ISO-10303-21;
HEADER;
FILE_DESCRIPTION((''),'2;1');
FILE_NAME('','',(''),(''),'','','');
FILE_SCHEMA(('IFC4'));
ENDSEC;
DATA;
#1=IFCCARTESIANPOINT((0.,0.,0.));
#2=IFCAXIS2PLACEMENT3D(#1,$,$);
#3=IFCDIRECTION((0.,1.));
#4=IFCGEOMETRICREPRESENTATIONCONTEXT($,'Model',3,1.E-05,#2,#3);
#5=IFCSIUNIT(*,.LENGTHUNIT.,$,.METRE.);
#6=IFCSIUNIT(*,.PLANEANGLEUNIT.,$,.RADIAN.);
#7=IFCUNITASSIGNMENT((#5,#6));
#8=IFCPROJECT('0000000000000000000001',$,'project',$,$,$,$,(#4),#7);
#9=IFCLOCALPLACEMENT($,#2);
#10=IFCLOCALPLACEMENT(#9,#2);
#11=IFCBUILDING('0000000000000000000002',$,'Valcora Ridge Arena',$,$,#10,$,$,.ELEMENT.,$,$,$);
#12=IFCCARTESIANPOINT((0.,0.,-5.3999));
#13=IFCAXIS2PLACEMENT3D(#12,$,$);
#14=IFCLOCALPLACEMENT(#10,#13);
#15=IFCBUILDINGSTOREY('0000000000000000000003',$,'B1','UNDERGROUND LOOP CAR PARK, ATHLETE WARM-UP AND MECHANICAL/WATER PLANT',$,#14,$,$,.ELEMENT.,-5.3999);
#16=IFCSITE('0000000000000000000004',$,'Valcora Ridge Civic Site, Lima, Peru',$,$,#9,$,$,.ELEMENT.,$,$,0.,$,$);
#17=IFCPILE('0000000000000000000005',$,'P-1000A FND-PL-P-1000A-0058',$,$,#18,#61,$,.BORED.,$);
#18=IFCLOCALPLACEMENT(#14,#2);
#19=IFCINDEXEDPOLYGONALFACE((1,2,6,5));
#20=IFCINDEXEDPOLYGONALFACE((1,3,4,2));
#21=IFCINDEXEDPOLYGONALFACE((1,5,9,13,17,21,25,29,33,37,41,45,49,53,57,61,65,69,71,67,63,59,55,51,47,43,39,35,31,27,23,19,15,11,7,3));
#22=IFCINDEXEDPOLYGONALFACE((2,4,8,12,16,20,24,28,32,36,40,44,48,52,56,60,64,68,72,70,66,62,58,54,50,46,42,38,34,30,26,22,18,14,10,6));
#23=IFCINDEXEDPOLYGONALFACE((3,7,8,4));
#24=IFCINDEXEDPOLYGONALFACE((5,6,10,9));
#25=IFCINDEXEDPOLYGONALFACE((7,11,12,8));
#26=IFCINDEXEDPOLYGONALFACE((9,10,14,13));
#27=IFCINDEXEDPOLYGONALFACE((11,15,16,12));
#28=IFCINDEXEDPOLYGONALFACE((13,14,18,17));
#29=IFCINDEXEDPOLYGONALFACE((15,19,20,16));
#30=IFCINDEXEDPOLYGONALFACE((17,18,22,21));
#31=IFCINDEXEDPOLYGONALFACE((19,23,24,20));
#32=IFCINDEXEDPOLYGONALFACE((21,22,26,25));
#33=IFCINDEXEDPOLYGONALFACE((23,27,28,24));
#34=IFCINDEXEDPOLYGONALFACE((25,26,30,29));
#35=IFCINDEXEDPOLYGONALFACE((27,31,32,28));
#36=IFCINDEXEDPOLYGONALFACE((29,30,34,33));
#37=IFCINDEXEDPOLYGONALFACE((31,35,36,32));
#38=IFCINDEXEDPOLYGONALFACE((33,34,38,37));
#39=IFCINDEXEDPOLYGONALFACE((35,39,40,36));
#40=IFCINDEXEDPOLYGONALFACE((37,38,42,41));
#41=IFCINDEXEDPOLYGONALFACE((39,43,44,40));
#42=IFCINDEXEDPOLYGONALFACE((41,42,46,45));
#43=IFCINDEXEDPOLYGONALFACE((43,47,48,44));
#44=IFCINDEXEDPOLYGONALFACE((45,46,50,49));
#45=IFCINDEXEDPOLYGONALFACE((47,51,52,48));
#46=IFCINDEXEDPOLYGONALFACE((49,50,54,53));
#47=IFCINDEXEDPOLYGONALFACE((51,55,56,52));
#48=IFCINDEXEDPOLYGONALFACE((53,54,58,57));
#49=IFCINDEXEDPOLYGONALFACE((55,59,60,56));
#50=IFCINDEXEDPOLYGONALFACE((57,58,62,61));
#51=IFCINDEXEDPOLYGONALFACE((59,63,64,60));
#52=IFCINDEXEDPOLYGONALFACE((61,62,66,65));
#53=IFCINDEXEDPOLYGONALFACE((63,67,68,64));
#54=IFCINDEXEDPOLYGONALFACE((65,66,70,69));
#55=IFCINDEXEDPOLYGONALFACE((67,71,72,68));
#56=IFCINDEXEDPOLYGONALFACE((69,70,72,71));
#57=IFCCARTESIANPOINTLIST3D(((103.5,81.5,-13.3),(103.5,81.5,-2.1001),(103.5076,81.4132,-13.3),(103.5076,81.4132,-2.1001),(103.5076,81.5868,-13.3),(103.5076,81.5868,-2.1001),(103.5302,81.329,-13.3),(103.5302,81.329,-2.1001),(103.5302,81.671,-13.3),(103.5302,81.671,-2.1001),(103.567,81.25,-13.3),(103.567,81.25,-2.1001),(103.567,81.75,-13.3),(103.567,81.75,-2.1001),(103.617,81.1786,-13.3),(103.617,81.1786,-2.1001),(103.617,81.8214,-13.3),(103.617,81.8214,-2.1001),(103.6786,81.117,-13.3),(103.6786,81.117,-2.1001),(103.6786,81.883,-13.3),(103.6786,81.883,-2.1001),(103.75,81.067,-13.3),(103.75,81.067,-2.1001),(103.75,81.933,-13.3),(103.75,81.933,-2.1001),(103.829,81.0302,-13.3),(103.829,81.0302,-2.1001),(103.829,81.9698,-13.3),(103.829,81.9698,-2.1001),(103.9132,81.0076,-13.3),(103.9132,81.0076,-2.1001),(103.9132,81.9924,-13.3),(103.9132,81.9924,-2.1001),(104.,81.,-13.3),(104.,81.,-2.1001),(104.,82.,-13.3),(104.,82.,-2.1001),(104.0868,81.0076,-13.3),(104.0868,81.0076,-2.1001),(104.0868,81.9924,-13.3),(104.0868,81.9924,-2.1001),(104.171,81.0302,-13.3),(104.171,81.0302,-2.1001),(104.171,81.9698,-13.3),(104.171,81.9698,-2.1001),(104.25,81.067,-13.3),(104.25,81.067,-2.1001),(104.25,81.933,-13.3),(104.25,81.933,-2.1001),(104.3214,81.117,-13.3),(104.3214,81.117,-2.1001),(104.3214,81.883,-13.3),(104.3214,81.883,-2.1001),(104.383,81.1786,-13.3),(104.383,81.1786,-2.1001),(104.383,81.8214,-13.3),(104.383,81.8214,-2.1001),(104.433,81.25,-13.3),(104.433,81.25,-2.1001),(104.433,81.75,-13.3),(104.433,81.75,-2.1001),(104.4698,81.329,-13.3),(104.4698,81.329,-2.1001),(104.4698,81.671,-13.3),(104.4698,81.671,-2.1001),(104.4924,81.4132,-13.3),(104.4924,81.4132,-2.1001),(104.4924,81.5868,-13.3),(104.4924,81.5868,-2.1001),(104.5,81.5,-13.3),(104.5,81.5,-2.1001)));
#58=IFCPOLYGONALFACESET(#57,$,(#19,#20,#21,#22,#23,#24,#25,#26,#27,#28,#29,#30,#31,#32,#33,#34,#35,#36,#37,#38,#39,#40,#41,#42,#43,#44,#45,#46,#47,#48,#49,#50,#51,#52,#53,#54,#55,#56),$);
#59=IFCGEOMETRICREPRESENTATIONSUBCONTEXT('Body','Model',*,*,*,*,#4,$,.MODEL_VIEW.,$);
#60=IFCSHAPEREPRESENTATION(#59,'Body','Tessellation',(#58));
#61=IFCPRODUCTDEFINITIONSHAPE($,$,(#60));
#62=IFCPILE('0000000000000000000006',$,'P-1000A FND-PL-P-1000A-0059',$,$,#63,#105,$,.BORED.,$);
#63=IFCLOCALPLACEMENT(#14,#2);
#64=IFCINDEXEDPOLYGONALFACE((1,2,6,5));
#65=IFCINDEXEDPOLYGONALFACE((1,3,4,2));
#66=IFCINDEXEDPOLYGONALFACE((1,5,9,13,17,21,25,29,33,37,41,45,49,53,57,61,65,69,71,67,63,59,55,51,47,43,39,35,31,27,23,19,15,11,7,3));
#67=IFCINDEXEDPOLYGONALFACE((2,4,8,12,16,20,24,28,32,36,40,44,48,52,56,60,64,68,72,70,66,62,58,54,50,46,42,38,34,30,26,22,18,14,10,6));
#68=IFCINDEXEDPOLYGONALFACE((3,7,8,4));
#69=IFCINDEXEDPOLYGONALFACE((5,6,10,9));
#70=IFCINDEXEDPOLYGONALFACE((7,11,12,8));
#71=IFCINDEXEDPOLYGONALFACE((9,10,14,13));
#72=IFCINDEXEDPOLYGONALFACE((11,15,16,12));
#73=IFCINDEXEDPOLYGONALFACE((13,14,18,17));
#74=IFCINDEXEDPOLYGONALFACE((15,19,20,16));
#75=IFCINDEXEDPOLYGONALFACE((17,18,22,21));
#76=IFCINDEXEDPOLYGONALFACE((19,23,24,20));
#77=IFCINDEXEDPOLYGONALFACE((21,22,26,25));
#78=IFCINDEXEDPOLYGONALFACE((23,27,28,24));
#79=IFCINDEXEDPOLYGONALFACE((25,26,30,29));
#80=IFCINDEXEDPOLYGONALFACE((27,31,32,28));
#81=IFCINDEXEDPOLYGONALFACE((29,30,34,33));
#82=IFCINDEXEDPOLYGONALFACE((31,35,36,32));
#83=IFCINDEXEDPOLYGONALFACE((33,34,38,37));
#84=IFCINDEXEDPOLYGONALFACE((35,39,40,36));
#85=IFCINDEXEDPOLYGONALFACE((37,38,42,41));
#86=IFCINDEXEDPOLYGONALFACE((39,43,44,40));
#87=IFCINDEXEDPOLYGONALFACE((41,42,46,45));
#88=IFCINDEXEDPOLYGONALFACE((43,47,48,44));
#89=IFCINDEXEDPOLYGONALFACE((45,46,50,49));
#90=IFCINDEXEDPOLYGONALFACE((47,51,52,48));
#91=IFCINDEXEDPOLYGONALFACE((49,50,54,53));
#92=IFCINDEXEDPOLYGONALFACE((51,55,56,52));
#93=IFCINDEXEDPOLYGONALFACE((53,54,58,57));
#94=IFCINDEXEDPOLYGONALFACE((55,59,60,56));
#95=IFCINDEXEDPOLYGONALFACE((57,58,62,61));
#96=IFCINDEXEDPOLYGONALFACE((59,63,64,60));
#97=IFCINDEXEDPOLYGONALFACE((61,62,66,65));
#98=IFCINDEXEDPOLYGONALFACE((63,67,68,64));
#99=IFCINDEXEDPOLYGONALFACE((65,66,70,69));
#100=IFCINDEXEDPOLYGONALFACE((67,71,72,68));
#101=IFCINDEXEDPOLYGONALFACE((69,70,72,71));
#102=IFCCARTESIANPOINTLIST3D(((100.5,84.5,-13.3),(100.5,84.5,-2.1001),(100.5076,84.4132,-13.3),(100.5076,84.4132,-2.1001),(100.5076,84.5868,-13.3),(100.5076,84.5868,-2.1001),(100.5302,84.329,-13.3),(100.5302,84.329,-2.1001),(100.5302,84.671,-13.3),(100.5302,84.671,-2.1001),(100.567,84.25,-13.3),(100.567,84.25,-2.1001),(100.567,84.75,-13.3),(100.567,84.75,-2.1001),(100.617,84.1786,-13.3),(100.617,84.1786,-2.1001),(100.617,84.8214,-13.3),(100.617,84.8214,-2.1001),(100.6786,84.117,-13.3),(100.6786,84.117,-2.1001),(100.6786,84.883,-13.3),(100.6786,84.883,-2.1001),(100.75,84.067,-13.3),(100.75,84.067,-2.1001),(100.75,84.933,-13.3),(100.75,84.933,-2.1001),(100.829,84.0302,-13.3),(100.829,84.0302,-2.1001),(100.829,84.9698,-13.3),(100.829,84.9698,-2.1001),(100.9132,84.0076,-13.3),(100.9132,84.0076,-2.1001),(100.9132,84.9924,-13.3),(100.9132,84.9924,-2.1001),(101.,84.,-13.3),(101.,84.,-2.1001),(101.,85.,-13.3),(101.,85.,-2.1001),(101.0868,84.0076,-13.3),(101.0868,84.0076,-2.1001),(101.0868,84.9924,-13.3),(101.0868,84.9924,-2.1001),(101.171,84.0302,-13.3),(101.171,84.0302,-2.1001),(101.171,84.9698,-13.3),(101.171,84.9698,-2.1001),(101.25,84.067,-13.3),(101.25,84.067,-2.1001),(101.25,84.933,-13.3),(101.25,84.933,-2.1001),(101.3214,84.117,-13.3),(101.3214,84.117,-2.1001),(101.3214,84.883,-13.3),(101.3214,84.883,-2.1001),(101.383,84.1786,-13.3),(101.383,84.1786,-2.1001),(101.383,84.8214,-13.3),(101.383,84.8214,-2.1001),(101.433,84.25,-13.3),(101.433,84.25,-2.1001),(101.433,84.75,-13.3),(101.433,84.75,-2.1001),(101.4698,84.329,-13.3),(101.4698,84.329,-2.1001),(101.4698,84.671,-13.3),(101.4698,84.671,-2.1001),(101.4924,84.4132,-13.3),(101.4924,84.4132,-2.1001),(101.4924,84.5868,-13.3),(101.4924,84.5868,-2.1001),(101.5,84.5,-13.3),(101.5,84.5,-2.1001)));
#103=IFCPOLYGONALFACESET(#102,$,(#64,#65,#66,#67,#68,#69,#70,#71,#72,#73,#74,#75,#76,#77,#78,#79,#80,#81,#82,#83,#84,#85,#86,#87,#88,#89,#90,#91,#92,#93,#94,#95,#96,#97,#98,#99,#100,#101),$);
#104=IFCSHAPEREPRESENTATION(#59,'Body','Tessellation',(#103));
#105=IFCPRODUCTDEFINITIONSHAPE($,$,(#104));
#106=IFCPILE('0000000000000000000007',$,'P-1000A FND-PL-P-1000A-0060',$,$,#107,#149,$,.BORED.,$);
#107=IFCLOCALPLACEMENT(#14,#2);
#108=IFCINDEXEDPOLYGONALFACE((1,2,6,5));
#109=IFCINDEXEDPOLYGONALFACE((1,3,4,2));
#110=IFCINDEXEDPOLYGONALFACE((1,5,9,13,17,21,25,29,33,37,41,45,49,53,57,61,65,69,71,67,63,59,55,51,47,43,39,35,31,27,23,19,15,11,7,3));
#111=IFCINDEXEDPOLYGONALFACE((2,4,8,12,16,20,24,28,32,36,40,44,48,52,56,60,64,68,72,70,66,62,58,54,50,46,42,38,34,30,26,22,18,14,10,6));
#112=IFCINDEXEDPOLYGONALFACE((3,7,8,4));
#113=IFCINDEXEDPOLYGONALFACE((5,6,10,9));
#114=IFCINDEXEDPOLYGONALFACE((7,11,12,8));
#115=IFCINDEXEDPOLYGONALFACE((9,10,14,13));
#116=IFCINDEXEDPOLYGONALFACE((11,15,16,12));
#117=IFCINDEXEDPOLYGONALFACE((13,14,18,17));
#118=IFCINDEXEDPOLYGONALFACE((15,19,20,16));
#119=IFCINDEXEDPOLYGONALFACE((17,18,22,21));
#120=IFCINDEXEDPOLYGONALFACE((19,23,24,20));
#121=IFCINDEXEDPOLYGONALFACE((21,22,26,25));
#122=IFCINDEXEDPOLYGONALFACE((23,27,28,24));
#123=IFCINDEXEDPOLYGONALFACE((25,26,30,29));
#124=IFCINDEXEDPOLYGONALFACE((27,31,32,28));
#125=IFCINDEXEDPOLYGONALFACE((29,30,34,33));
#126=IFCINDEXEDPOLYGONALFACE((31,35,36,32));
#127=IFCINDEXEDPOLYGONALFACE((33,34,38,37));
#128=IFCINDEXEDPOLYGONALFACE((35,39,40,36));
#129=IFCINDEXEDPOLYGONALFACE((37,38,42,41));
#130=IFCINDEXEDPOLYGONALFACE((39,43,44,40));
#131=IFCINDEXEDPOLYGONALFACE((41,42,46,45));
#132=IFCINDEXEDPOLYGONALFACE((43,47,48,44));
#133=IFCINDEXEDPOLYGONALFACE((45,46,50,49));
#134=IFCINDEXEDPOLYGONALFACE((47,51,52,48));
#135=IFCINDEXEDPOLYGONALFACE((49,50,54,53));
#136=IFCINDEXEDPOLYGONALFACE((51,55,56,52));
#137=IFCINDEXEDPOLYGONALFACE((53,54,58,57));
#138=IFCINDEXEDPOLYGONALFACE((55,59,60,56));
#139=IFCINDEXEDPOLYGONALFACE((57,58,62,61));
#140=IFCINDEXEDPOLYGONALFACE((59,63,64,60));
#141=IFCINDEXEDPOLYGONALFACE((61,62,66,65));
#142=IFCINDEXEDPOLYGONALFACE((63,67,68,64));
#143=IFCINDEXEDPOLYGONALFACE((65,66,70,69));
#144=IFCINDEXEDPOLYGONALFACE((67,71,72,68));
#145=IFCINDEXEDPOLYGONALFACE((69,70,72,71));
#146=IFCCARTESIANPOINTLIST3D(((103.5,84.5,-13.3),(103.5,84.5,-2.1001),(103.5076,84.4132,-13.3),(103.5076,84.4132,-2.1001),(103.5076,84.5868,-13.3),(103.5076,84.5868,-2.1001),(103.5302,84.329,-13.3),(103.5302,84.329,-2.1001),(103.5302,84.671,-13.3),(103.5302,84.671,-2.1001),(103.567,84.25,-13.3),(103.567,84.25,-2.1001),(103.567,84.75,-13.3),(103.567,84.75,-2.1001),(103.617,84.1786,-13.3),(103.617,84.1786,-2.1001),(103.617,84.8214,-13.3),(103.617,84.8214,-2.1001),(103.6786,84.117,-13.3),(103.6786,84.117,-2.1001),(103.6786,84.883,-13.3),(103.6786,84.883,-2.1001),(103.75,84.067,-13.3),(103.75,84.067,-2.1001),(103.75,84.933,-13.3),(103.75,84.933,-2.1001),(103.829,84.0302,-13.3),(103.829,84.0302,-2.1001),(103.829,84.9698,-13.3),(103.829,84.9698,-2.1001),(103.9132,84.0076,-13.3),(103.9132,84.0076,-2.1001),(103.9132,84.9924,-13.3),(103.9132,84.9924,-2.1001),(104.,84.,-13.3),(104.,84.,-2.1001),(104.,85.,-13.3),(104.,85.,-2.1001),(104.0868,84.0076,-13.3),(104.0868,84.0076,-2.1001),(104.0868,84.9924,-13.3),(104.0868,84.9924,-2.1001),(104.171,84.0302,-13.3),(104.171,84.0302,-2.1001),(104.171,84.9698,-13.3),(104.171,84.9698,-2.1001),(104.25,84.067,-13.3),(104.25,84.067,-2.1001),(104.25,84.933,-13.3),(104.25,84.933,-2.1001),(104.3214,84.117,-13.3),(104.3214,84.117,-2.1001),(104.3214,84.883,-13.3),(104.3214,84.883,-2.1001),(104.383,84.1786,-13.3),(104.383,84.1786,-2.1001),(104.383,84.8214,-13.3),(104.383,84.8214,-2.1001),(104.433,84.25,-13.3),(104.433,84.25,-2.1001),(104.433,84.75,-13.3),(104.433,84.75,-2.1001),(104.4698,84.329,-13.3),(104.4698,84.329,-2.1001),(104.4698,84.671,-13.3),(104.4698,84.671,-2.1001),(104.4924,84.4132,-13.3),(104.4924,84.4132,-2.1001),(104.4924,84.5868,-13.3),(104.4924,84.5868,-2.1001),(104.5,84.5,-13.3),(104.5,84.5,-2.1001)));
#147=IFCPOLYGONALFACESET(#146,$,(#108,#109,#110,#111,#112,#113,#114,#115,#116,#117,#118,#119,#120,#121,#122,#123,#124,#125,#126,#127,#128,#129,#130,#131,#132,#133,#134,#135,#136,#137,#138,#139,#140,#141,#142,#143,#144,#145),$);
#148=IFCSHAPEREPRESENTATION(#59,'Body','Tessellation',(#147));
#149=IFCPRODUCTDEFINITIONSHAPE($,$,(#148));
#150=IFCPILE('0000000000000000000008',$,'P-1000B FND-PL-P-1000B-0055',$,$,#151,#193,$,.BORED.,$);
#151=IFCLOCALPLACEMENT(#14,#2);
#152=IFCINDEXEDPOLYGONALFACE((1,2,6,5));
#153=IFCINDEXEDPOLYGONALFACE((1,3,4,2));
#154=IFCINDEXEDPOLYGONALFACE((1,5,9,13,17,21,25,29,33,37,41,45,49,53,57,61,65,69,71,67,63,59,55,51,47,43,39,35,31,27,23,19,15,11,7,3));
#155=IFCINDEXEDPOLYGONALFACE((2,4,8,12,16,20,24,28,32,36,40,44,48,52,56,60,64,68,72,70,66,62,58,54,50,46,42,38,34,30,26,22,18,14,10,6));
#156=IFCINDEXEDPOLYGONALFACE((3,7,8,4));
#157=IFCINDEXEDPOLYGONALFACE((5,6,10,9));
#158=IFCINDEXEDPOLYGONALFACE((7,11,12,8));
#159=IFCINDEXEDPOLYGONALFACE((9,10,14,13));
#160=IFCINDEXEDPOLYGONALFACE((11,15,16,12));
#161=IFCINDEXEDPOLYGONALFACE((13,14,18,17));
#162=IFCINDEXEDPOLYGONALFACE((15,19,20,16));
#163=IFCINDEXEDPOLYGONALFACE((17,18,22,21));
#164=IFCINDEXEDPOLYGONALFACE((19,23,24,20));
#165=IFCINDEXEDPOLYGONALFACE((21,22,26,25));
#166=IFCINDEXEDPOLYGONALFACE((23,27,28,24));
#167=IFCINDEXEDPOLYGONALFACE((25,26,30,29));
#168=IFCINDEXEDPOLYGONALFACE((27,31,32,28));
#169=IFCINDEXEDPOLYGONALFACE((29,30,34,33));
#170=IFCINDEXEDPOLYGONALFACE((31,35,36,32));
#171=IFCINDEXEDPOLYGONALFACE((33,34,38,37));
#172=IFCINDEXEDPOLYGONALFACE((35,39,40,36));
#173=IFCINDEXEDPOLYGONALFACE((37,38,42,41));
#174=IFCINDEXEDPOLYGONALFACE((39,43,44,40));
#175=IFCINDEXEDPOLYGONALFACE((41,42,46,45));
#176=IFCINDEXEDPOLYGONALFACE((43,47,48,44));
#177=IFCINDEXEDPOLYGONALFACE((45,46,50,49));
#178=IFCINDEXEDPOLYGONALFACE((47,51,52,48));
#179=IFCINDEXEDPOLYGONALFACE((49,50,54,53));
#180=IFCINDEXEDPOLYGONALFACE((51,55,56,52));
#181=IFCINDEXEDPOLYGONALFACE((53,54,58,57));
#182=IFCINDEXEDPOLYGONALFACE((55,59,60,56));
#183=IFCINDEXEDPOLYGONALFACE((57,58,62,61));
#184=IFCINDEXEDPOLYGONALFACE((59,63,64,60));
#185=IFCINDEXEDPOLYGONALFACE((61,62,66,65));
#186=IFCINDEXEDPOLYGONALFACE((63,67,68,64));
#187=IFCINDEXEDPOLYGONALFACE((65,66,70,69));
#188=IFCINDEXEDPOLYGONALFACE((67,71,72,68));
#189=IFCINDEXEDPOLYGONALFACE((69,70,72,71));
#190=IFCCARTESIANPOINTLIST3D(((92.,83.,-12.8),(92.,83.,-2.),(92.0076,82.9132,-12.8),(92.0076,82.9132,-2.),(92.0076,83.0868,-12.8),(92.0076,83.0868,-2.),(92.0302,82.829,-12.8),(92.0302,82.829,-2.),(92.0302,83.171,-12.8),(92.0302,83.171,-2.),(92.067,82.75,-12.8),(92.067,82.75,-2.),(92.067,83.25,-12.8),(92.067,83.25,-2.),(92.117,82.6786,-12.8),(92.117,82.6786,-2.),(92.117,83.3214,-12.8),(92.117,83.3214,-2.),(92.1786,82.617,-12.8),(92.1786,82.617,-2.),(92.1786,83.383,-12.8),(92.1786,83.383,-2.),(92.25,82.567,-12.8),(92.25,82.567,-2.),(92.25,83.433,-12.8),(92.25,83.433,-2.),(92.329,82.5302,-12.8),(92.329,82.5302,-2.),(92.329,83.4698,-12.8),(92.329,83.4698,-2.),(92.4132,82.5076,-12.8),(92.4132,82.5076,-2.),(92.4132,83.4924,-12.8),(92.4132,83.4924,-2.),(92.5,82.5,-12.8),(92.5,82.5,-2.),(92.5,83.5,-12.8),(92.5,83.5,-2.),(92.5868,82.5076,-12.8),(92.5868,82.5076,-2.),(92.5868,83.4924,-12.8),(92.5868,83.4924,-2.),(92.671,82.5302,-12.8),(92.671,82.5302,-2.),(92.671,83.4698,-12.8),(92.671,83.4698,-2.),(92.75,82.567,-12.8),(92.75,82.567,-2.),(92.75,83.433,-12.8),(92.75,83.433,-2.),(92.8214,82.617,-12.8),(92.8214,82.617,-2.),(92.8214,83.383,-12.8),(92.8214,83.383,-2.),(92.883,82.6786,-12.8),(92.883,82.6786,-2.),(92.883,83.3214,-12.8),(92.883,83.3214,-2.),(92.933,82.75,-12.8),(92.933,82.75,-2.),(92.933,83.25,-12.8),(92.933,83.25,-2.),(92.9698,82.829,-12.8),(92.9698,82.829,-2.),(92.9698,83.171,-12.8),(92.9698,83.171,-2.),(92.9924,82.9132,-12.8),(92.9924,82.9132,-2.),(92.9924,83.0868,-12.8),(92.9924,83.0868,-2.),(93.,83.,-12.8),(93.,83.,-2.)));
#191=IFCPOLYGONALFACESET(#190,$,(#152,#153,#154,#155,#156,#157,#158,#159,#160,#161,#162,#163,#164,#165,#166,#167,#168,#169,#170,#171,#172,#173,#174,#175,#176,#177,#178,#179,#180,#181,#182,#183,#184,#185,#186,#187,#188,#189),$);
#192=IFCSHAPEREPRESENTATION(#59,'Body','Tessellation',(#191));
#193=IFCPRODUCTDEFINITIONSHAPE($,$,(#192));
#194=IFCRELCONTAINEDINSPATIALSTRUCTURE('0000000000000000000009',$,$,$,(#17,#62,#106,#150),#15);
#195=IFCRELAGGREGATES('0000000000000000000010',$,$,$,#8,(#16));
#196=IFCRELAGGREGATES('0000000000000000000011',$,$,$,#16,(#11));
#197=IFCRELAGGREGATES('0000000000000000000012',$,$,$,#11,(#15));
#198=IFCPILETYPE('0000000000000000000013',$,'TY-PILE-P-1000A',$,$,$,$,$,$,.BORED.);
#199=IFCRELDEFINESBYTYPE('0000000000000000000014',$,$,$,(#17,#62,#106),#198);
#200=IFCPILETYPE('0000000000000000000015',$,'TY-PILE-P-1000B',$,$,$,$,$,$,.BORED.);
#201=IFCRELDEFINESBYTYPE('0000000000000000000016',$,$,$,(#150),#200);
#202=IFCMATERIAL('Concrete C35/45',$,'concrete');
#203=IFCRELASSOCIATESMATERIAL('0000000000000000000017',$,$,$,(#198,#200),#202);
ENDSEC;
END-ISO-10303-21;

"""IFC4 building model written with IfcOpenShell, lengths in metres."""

from ifc_helpers import new_model, si_unit, direction, frame, origin, origin_2d, place, context, subcontext, project, spatial, circle, extrude, material, material_profile, profile_set, type_object, element, save


model = new_model("IFC4")

# Units and contexts
model_context = context("Model", 3, precision=1e-05, world=origin(), true_north=direction((0.0, 1.0)))
body_context = subcontext(model_context, "Body", "Model", "MODEL_VIEW")
ifc_project = project(units=[si_unit("LENGTHUNIT", "METRE"), si_unit("PLANEANGLEUNIT", "RADIAN")], contexts=[model_context])

# Site, building, storey
site_placement = place(None, origin())
site = spatial("IfcSite", under=ifc_project, at=site_placement, Name="Valcora Ridge Civic Site, Lima, Peru", CompositionType="ELEMENT", RefElevation=0.0)
building_placement = place(site_placement, origin())
building = spatial("IfcBuilding", under=site, at=building_placement, Name="Valcora Ridge Arena", CompositionType="ELEMENT")
storey_placement = place(building_placement, frame((0.0, 0.0, -5.3999)))
storey = spatial("IfcBuildingStorey", under=building, at=storey_placement, Name="B1", Description="UNDERGROUND LOOP CAR PARK, ATHLETE WARM-UP AND MECHANICAL/WATER PLANT", CompositionType="ELEMENT", Elevation=-5.3999)

# Piles
ifc_material_1 = material(Name="Concrete C35/45", Category="concrete")
ifc_material_profile_1 = material_profile(ifc_material_1, circle(Radius=0.5, at=origin_2d()), Name="BORED PILE D1000")
ifc_profile_set_1 = profile_set([ifc_material_profile_1], Name="Concrete C35/45")
pile_type_1 = type_object("IfcPileType", Name="TY-PILE-P-1000A", PredefinedType="BORED", material=ifc_profile_set_1)
for number, where, z_axis, x_axis, name in (
    (1, (104.0, 81.5, -2.1001), (0.0, 0.0, -1.0), (1.0, 0.0, 0.0), "P-1000A FND-PL-P-1000A-0058"),
    (2, (101.0, 84.5, -2.1001), (0.0, 0.0, -1.0), (1.0, 0.0, 0.0), "P-1000A FND-PL-P-1000A-0059"),
    (3, (104.0, 84.5, -2.1001), (0.0, 0.0, -1.0), (1.0, 0.0, 0.0), "P-1000A FND-PL-P-1000A-0060"),
):
    element("IfcPile", number, at=place(storey_placement, frame(where, z_axis=z_axis, x_axis=x_axis)), inside=storey, type_object=pile_type_1, Name=name, PredefinedType="BORED", context=body_context, shape_type="SweptSolid", body=[
        extrude(circle(Radius=0.5, at=origin_2d()), origin(), (0.0, 0.0, 1.0), 11.2),
    ])
ifc_material_profile_2 = material_profile(ifc_material_1, circle(Radius=0.5, at=origin_2d()), Name="BORED PILE D1000")
ifc_profile_set_2 = profile_set([ifc_material_profile_2], Name="Concrete C35/45")
pile_type_2 = type_object("IfcPileType", Name="TY-PILE-P-1000B", PredefinedType="BORED", material=ifc_profile_set_2)
for number, where, z_axis, x_axis, name in (
    (4, (92.5, 83.0, -2.0), (0.0, 0.0, -1.0), (1.0, 0.0, 0.0), "P-1000B FND-PL-P-1000B-0055"),
):
    element("IfcPile", number, at=place(storey_placement, frame(where, z_axis=z_axis, x_axis=x_axis)), inside=storey, type_object=pile_type_2, Name=name, PredefinedType="BORED", context=body_context, shape_type="SweptSolid", body=[
        extrude(circle(Radius=0.5, at=origin_2d()), origin(), (0.0, 0.0, 1.0), 10.8),
    ])

save(model, "model.ifc")
